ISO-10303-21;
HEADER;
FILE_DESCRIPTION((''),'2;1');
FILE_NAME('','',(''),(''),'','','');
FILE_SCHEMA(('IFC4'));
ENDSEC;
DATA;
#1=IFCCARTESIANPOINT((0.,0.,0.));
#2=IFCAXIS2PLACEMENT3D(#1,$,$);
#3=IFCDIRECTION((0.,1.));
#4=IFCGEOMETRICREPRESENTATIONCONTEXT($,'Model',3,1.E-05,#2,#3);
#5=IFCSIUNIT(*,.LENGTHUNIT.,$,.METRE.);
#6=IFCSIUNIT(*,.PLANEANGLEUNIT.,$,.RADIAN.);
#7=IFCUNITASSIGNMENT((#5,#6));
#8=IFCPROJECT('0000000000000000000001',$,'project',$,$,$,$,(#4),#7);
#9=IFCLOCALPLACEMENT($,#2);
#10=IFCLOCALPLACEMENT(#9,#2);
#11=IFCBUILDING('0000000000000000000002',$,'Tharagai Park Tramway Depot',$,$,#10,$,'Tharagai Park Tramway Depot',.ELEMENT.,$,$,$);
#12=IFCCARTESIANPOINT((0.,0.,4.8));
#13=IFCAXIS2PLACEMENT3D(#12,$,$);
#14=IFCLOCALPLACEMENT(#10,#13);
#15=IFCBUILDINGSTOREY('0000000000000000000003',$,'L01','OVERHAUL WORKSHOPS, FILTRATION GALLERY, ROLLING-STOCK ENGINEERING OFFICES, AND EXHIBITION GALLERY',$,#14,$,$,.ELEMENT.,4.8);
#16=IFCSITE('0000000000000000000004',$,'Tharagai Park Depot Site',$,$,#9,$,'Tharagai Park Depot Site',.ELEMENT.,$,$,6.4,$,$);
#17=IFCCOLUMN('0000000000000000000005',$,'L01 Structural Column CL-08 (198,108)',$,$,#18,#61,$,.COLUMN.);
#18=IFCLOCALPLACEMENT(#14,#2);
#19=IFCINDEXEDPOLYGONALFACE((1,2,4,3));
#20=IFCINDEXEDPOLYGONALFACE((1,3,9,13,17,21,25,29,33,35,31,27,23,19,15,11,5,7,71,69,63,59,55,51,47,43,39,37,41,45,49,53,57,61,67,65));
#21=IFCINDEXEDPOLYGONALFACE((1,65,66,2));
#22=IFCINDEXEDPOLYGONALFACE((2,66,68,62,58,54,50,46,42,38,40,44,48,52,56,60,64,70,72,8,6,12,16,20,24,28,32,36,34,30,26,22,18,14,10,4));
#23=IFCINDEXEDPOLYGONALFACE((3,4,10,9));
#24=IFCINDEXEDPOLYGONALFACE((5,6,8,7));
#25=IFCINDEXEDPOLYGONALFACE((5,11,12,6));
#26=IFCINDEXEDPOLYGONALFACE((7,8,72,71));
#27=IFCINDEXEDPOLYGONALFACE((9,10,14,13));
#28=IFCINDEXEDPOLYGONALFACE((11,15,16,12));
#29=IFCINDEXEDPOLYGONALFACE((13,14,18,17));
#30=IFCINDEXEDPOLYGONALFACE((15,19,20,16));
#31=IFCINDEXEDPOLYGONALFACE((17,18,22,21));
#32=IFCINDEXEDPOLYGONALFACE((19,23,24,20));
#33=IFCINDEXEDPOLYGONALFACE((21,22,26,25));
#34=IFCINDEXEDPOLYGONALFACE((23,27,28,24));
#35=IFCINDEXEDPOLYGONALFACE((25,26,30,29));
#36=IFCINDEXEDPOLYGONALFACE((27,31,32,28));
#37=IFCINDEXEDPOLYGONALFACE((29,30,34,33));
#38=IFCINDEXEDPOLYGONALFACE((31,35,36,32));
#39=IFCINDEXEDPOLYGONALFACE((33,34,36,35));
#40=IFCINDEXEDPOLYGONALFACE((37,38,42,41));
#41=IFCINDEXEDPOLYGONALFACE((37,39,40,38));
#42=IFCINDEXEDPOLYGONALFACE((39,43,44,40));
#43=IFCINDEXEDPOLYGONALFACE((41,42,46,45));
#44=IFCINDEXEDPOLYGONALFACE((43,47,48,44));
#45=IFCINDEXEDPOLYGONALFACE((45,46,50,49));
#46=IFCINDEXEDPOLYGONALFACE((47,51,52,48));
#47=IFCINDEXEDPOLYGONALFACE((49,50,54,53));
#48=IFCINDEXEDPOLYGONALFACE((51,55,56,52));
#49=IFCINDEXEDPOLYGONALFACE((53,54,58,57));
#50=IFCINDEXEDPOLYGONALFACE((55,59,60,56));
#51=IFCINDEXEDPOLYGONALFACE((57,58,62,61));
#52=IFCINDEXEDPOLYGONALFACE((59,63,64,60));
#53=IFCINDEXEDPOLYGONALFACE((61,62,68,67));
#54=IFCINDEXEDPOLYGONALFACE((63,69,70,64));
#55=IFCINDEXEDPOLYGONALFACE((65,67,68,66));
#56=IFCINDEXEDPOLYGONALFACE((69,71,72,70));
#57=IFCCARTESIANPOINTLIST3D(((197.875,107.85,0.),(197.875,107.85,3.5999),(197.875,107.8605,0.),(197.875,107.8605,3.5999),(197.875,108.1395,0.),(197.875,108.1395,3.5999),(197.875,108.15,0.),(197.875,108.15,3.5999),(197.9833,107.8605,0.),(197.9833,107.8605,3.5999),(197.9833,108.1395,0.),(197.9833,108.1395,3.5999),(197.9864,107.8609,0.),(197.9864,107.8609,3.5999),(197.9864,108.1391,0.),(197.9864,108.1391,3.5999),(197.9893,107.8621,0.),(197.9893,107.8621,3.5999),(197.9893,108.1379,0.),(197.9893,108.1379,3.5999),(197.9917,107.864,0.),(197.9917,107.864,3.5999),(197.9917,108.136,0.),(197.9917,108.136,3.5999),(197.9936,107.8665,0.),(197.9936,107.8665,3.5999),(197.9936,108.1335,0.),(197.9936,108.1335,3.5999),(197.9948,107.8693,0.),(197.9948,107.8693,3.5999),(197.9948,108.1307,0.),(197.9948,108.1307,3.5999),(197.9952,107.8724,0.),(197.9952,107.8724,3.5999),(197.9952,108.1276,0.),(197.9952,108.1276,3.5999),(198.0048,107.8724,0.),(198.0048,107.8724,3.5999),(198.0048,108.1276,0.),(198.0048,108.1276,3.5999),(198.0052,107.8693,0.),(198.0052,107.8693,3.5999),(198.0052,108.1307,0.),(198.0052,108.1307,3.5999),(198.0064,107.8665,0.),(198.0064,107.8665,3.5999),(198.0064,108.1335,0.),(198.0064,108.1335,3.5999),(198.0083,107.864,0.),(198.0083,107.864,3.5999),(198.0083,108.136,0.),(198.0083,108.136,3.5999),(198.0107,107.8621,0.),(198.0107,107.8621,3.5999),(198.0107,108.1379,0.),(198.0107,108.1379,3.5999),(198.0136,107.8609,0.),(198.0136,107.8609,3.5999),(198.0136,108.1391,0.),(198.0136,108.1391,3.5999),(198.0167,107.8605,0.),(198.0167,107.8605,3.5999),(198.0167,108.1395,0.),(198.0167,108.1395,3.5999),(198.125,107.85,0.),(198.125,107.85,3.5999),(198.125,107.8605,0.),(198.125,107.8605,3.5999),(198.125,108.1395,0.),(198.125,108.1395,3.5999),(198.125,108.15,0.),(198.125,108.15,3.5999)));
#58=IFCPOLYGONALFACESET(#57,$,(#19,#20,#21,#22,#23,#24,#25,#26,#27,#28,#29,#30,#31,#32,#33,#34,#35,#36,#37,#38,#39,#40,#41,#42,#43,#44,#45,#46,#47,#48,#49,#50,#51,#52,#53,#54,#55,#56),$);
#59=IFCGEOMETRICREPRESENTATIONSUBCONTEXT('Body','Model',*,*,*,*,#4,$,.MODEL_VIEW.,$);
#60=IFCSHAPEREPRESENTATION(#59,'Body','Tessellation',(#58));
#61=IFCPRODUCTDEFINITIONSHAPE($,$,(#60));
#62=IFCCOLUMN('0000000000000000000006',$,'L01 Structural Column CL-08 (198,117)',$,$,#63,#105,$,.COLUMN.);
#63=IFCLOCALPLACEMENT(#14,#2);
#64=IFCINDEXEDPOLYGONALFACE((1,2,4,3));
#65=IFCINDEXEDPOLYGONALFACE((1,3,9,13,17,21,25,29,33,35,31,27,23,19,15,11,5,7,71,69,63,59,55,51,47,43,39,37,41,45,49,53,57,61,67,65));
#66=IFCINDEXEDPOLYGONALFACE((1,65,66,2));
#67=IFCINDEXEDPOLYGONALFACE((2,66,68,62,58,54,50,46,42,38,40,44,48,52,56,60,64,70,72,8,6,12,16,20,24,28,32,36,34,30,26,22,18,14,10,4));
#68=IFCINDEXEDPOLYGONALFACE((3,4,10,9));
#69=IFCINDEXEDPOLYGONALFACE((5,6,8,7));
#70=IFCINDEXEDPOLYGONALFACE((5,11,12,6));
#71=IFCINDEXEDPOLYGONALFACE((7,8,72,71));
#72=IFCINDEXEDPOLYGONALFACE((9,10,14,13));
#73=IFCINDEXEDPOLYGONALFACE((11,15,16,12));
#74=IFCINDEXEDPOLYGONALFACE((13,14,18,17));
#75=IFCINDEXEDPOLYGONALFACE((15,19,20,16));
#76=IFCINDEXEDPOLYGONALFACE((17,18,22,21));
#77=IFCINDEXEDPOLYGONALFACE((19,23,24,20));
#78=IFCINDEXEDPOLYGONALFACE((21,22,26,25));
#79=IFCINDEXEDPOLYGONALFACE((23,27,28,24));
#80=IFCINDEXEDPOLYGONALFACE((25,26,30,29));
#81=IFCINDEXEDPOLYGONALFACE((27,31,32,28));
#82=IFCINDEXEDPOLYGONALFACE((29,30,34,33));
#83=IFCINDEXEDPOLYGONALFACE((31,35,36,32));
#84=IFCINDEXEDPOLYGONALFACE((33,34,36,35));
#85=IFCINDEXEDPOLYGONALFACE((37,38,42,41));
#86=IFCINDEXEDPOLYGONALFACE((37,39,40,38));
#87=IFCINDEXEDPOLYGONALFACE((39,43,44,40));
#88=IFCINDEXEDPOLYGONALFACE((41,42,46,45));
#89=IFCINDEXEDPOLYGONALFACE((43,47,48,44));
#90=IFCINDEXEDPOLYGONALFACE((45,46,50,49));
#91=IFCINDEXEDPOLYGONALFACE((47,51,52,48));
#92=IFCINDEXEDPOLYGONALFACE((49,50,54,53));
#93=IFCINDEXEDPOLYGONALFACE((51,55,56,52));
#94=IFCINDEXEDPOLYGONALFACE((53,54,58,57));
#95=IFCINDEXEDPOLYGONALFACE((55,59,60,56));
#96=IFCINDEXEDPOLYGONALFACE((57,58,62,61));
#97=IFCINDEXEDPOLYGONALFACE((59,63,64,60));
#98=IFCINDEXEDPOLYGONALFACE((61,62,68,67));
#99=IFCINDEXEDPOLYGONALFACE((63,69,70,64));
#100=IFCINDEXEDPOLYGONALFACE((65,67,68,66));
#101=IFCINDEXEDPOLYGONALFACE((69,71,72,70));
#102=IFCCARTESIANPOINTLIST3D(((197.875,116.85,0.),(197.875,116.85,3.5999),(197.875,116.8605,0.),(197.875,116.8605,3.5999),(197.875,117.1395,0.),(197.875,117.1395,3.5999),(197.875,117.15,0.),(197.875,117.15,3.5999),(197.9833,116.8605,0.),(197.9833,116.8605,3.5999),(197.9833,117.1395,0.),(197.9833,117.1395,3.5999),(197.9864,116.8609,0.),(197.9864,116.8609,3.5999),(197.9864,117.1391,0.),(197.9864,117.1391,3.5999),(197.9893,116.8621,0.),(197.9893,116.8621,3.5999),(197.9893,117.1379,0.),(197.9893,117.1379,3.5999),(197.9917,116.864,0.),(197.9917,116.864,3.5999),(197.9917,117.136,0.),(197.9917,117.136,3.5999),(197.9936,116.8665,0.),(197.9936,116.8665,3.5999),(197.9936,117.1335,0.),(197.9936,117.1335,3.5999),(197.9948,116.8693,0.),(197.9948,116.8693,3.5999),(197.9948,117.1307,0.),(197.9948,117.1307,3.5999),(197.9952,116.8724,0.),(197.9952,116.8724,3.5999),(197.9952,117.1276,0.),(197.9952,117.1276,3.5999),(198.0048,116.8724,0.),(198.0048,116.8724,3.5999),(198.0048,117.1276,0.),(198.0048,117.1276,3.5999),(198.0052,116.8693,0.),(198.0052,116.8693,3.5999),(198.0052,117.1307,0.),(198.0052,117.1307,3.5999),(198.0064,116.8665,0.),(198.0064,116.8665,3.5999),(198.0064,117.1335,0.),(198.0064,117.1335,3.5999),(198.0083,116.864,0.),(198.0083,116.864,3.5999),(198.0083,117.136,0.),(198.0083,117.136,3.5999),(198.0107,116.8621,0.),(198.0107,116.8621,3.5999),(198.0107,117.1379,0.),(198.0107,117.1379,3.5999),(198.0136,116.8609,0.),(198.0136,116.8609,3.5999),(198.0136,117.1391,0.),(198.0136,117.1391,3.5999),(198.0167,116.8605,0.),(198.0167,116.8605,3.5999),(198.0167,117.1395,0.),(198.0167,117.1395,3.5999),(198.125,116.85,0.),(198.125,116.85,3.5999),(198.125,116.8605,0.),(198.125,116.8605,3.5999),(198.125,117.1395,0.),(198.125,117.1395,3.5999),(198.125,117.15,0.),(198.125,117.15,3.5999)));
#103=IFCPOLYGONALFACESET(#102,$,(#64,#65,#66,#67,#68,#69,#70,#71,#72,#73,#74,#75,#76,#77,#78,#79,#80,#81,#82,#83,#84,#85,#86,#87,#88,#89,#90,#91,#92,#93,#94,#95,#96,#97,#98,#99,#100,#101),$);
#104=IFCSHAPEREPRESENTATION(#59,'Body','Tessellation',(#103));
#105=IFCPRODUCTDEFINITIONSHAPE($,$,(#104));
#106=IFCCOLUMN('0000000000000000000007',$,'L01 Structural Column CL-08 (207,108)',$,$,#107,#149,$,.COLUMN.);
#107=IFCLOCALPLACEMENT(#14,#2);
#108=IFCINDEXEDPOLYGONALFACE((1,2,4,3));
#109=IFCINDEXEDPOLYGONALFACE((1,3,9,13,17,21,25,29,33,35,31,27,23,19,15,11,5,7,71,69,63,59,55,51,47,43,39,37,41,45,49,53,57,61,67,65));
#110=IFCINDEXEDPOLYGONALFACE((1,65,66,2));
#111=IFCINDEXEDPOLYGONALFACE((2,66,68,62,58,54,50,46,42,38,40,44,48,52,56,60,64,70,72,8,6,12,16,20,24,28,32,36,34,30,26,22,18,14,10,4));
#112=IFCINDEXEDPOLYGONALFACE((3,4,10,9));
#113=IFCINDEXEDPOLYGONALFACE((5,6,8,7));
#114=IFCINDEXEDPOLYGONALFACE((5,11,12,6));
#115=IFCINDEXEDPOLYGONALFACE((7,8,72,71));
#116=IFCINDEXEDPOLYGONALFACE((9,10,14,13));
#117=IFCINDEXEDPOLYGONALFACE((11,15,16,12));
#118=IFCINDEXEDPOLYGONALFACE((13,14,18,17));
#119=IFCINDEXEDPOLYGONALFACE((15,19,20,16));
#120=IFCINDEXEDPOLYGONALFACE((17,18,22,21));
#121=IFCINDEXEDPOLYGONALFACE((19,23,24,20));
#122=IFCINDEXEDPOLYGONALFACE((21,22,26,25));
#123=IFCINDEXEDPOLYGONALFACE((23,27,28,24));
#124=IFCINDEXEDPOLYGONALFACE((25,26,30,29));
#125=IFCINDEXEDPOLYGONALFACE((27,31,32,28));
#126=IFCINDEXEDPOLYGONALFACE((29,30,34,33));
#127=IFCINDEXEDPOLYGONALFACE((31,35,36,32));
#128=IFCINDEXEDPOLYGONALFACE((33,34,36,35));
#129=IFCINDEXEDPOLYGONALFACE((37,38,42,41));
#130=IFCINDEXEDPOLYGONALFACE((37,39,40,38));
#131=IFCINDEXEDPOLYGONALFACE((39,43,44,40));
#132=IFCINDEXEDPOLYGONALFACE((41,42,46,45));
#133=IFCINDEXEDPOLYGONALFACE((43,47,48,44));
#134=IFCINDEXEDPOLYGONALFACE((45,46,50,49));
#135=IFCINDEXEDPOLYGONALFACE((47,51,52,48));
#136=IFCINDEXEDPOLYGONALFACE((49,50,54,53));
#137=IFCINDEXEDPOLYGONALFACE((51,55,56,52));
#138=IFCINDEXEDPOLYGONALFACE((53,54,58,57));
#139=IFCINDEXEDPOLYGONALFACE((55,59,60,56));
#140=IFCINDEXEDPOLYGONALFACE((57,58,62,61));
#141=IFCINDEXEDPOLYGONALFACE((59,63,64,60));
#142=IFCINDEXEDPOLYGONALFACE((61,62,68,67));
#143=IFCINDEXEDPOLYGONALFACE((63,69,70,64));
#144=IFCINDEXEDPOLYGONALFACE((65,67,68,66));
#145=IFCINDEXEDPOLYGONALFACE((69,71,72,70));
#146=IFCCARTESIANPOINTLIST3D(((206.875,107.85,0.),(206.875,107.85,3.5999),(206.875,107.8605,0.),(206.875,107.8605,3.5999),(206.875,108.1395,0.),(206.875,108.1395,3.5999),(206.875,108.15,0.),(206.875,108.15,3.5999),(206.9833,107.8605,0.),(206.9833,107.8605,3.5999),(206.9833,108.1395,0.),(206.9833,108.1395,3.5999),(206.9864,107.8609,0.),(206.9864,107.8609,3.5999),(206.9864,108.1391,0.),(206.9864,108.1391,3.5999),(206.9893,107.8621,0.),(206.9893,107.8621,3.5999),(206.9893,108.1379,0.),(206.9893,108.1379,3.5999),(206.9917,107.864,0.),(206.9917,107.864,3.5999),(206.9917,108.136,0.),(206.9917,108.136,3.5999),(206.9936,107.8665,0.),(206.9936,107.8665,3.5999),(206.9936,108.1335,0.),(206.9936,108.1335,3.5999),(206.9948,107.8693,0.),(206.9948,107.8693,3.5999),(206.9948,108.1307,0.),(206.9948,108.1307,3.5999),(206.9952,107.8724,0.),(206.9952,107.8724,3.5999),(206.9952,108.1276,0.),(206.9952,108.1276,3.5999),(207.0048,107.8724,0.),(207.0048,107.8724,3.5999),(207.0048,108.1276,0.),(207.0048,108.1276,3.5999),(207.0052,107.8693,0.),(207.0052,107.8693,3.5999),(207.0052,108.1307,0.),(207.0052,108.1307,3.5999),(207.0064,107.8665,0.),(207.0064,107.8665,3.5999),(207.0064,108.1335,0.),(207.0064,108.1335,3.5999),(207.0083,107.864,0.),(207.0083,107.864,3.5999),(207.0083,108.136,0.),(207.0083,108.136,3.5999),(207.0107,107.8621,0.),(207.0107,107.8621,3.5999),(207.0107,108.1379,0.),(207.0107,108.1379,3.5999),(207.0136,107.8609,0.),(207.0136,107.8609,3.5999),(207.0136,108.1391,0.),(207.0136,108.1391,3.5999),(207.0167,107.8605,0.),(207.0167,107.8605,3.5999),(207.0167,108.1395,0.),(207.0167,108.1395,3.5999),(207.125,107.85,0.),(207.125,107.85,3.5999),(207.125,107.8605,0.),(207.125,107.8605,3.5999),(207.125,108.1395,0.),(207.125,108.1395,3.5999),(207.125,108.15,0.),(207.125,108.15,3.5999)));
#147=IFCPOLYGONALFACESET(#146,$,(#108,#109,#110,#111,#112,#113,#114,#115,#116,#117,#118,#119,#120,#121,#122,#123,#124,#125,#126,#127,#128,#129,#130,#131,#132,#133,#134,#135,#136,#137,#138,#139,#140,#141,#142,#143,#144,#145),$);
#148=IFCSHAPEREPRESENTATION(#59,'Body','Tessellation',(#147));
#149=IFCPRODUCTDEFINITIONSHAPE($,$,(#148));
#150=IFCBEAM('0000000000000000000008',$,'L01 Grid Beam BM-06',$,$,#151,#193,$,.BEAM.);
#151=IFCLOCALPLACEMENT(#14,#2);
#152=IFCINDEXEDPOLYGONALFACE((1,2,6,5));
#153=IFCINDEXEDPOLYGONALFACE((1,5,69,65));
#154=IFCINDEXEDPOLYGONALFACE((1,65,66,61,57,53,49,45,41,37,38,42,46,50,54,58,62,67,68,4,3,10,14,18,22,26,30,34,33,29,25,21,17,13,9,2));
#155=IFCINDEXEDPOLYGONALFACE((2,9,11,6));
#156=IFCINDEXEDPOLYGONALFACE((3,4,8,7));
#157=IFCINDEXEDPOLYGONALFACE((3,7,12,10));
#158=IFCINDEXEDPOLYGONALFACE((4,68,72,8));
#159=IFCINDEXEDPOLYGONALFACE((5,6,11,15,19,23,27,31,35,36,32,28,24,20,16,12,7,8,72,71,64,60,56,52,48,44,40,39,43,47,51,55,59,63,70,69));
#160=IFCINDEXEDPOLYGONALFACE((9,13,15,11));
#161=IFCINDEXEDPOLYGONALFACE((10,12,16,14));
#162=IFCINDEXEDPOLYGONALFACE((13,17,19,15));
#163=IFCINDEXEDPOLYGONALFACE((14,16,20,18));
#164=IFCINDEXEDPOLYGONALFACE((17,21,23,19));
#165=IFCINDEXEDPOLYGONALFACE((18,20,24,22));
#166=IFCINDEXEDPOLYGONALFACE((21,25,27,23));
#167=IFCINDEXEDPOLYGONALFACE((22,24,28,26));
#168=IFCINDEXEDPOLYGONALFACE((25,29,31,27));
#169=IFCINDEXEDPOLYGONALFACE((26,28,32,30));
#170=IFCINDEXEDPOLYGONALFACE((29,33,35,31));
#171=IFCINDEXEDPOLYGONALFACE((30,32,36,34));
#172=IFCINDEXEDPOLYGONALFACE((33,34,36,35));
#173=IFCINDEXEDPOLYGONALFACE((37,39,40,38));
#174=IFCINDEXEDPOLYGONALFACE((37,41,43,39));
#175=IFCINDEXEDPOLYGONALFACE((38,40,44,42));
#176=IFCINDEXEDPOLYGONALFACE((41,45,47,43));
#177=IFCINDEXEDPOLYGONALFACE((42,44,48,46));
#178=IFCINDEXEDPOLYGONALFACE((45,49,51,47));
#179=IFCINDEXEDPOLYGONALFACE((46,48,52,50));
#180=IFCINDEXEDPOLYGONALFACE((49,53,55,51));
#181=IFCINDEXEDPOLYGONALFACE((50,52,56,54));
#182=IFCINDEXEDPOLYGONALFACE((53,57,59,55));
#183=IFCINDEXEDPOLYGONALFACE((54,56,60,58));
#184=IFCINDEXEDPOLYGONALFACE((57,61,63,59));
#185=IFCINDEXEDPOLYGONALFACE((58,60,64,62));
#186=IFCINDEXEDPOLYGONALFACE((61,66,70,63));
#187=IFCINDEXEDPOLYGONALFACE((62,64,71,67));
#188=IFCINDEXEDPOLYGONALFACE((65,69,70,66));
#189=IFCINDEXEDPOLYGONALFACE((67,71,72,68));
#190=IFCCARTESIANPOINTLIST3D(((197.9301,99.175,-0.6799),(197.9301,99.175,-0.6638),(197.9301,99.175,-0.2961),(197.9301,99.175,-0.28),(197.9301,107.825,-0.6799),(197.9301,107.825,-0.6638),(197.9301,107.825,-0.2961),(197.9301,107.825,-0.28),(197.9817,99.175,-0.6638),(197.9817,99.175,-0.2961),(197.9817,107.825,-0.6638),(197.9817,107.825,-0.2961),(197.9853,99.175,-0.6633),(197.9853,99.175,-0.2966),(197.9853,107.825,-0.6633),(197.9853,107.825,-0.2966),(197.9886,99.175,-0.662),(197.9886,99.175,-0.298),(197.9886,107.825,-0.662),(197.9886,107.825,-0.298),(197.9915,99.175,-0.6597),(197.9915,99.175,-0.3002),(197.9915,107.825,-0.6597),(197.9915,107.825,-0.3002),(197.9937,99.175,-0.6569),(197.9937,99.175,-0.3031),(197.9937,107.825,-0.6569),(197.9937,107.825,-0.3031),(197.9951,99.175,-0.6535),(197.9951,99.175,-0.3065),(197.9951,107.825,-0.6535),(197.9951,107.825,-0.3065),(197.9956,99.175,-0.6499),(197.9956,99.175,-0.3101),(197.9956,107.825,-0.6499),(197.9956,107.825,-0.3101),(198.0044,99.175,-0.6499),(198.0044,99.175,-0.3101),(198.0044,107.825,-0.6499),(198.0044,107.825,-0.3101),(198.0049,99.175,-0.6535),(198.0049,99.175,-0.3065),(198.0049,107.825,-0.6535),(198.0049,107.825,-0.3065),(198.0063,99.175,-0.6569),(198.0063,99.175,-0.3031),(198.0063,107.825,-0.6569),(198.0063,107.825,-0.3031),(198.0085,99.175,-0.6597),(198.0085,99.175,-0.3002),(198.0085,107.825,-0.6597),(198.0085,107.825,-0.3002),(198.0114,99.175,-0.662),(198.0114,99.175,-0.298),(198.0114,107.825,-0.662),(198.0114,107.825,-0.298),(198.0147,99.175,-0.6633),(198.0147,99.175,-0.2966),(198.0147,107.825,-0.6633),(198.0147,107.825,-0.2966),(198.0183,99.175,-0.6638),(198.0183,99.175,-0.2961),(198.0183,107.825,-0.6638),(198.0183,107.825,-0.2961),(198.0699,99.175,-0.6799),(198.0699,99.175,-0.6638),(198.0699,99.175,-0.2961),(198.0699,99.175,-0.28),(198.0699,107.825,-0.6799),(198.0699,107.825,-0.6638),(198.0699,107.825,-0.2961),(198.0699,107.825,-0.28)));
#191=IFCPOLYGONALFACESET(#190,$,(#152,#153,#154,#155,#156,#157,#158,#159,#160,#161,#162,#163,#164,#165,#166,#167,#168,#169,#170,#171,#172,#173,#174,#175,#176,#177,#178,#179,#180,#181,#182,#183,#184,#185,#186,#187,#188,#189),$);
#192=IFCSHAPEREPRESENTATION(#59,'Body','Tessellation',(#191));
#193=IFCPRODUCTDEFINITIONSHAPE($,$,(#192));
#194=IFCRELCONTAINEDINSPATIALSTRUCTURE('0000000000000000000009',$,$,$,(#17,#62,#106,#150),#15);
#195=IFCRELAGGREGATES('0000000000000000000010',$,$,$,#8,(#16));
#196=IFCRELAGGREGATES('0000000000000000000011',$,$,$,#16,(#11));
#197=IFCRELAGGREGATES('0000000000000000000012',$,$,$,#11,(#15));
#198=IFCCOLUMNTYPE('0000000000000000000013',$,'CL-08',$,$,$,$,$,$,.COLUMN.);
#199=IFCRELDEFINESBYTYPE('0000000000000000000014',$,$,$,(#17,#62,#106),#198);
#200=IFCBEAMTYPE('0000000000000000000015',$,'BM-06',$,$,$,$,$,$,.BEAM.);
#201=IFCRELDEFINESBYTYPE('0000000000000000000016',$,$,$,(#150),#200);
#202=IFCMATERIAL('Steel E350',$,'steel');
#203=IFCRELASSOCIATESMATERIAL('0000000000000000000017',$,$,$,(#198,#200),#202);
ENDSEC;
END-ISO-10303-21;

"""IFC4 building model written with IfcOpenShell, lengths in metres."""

from ifc_helpers import new_model, si_unit, direction, frame, origin, origin_2d, place, context, subcontext, project, spatial, i_section, extrude, material, material_profile, profile_set, type_object, element, save


model = new_model("IFC4")

# Units and contexts
model_context = context("Model", 3, precision=1e-05, world=origin(), true_north=direction((0.0, 1.0)))
body_context = subcontext(model_context, "Body", "Model", "MODEL_VIEW")
ifc_project = project(units=[si_unit("LENGTHUNIT", "METRE"), si_unit("PLANEANGLEUNIT", "RADIAN")], contexts=[model_context])

# Site, building, storey
site_placement = place(None, origin())
site = spatial("IfcSite", under=ifc_project, at=site_placement, Name="Tharagai Park Depot Site", LongName="Tharagai Park Depot Site", CompositionType="ELEMENT", RefElevation=6.4)
building_placement = place(site_placement, origin())
building = spatial("IfcBuilding", under=site, at=building_placement, Name="Tharagai Park Tramway Depot", LongName="Tharagai Park Tramway Depot", CompositionType="ELEMENT")
storey_placement = place(building_placement, frame((0.0, 0.0, 4.8)))
storey = spatial("IfcBuildingStorey", under=building, at=storey_placement, Name="L01", Description="OVERHAUL WORKSHOPS, FILTRATION GALLERY, ROLLING-STOCK ENGINEERING OFFICES, AND EXHIBITION GALLERY", CompositionType="ELEMENT", Elevation=4.8)

# Columns
ifc_material_1 = material(Name="Steel E350", Category="steel")
ifc_material_profile_1 = material_profile(ifc_material_1, i_section(OverallWidth=0.25, OverallDepth=0.3, WebThickness=0.0095, FlangeThickness=0.0105, FilletRadius=0.012, at=origin_2d()), Name="ISHB 300")
ifc_profile_set_1 = profile_set([ifc_material_profile_1], Name="Steel E350")
column_type = type_object("IfcColumnType", Name="CL-08", PredefinedType="COLUMN", material=ifc_profile_set_1)
for number, where, z_axis, x_axis, name in (
    (1, (198.0, 108.0, 0.0), (0.0, 0.0, 1.0), (1.0, 0.0, 0.0), "L01 Structural Column CL-08 (198,108)"),
    (2, (198.0, 117.0, 0.0), (0.0, 0.0, 1.0), (1.0, 0.0, 0.0), "L01 Structural Column CL-08 (198,117)"),
    (3, (207.0, 108.0, 0.0), (0.0, 0.0, 1.0), (1.0, 0.0, 0.0), "L01 Structural Column CL-08 (207,108)"),
):
    element("IfcColumn", number, at=place(storey_placement, frame(where, z_axis=z_axis, x_axis=x_axis)), inside=storey, type_object=column_type, Name=name, PredefinedType="COLUMN", context=body_context, shape_type="SweptSolid", body=[
        extrude(i_section(OverallWidth=0.25, OverallDepth=0.3, WebThickness=0.0095, FlangeThickness=0.0105, FilletRadius=0.012, at=origin_2d()), origin(), (0.0, 0.0, 1.0), 3.5999),
    ])

# Beam
ifc_material_profile_2 = material_profile(ifc_material_1, i_section(OverallWidth=0.1399, OverallDepth=0.3999, WebThickness=0.0088, FlangeThickness=0.0161, FilletRadius=0.0139, at=origin_2d()), Name="ISMB 400")
ifc_profile_set_2 = profile_set([ifc_material_profile_2], Name="Steel E350")
beam_type_1 = type_object("IfcBeamType", Name="BM-06", PredefinedType="BEAM", material=ifc_profile_set_2)
for number, where, z_axis, x_axis, name in (
    (4, (198.0, 99.175, -0.48), (0.0, 1.0, 0.0), (-1.0, 0.0, 0.0), "L01 Grid Beam BM-06"),
):
    element("IfcBeam", number, at=place(storey_placement, frame(where, z_axis=z_axis, x_axis=x_axis)), inside=storey, type_object=beam_type_1, Name=name, PredefinedType="BEAM", context=body_context, shape_type="SweptSolid", body=[
        extrude(i_section(OverallWidth=0.1399, OverallDepth=0.3999, WebThickness=0.0088, FlangeThickness=0.0161, FilletRadius=0.0139, at=origin_2d()), origin(), (0.0, 0.0, 1.0), 8.6499),
    ])

save(model, "model.ifc")
